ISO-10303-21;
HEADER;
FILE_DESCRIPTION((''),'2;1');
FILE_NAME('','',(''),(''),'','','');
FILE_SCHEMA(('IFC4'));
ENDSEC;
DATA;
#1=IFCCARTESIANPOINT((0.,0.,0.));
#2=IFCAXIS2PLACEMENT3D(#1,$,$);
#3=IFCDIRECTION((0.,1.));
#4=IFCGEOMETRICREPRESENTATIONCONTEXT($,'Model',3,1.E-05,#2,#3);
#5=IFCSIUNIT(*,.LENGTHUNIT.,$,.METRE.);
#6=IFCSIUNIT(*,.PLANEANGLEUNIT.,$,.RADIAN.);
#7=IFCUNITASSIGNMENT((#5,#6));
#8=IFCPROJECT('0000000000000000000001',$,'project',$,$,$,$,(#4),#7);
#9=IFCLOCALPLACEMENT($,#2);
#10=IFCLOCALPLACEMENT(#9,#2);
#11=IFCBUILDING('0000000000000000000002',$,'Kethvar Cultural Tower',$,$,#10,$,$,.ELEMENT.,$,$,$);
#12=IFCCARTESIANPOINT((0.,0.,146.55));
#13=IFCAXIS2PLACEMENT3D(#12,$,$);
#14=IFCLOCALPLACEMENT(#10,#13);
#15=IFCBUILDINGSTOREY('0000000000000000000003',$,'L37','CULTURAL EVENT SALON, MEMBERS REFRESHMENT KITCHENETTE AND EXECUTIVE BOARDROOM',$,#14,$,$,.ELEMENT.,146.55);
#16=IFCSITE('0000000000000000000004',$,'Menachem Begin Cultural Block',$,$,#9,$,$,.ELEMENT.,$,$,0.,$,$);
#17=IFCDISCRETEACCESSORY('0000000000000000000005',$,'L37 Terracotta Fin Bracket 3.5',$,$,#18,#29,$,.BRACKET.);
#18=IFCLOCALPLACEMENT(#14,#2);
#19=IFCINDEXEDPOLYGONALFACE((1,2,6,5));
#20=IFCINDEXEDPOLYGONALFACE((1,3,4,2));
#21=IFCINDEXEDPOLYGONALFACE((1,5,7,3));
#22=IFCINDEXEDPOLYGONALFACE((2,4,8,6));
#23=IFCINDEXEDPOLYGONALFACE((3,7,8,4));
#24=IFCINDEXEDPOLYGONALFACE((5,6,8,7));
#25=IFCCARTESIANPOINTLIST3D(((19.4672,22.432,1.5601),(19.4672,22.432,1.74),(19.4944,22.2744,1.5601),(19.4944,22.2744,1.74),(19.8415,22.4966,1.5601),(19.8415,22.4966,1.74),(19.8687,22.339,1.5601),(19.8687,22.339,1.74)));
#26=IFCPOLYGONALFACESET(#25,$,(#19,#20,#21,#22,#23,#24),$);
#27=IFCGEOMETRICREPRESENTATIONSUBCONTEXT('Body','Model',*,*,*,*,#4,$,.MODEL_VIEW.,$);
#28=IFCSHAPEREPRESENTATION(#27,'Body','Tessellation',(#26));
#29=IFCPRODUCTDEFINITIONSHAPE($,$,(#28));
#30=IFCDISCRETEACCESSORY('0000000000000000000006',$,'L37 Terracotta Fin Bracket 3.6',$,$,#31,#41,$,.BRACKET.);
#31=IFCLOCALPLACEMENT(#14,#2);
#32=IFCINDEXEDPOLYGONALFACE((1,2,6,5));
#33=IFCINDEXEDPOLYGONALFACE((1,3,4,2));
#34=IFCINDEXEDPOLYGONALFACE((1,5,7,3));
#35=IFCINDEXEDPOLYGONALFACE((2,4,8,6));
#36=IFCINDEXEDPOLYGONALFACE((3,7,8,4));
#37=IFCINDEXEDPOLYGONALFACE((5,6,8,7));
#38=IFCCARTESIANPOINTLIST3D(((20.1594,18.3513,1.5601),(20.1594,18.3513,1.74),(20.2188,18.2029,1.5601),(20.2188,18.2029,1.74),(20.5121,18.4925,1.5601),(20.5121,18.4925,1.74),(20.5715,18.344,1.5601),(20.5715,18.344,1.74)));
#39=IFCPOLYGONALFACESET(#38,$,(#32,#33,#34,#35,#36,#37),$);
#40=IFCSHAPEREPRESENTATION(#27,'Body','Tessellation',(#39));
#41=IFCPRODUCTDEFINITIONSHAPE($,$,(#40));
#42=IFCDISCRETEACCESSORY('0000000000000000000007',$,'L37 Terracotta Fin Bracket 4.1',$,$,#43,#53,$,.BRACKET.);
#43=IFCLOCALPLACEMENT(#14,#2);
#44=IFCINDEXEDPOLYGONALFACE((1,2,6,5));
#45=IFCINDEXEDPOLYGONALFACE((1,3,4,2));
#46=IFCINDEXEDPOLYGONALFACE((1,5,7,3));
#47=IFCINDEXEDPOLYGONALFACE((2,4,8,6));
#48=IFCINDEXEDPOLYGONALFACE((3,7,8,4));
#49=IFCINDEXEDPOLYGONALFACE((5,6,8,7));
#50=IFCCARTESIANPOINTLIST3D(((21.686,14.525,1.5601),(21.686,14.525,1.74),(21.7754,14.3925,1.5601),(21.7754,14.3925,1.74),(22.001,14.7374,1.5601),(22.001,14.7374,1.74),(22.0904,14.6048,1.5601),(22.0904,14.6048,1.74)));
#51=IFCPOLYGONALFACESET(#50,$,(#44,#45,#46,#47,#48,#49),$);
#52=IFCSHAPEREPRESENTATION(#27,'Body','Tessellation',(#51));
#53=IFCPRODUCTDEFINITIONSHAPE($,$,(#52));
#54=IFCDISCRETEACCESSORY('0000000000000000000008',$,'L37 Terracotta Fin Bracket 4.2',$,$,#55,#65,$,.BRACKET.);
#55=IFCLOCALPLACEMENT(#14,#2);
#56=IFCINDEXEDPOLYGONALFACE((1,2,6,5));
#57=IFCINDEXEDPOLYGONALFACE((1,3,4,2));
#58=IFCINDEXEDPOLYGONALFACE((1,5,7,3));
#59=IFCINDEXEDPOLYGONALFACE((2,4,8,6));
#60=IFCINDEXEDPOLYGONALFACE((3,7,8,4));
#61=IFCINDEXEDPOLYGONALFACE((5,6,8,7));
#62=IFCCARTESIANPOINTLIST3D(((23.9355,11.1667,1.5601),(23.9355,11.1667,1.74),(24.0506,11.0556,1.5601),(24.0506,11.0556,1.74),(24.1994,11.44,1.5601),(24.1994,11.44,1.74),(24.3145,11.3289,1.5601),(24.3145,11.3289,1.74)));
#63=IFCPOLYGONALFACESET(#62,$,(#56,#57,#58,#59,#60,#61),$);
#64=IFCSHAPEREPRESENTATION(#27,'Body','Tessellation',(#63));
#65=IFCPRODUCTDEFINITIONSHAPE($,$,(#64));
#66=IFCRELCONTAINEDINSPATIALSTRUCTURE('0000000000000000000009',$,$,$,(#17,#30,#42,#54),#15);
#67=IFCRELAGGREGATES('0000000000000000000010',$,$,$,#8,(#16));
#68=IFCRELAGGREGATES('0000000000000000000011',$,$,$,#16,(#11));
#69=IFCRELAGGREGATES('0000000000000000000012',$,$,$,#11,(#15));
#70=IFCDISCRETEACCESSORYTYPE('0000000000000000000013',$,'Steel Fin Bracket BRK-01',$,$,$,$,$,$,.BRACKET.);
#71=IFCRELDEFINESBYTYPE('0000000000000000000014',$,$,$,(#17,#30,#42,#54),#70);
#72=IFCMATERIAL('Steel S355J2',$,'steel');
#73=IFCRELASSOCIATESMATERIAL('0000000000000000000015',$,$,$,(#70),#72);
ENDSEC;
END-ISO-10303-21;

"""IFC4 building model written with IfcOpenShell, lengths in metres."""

from ifc_helpers import new_model, si_unit, direction, frame, origin, origin_2d, place, context, subcontext, project, spatial, rectangle, extrude, source, transform, mapped, material, type_object, element, save


model = new_model("IFC4")

# Units and contexts
model_context = context("Model", 3, precision=1e-05, world=origin(), true_north=direction((0.0, 1.0)))
body_context = subcontext(model_context, "Body", "Model", "MODEL_VIEW")
ifc_project = project(units=[si_unit("LENGTHUNIT", "METRE"), si_unit("PLANEANGLEUNIT", "RADIAN")], contexts=[model_context])

# Site, building, storey
site_placement = place(None, origin())
site = spatial("IfcSite", under=ifc_project, at=site_placement, Name="Menachem Begin Cultural Block", CompositionType="ELEMENT", RefElevation=0.0)
building_placement = place(site_placement, origin())
building = spatial("IfcBuilding", under=site, at=building_placement, Name="Kethvar Cultural Tower", CompositionType="ELEMENT")
storey_placement = place(building_placement, frame((0.0, 0.0, 146.55)))
storey = spatial("IfcBuildingStorey", under=building, at=storey_placement, Name="L37", Description="CULTURAL EVENT SALON, MEMBERS REFRESHMENT KITCHENETTE AND EXECUTIVE BOARDROOM", CompositionType="ELEMENT", Elevation=146.55)

# Shared definitions
ifc_material_1 = material(Name="Steel S355J2", Category="steel")

# Discrete accessories
discrete_accessory_type = type_object("IfcDiscreteAccessoryType", Name="Steel Fin Bracket BRK-01", PredefinedType="BRACKET", material=ifc_material_1)
shared_shape_1 = source(origin(), body_context, "Body", "SweptSolid", [
    extrude(rectangle(XDim=0.3799, YDim=0.1599, at=origin_2d()), origin(), (0.0, 0.0, 1.0), 0.1799),
])
for number, where, z_axis, x_axis, name in (
    (1, (19.668, 22.3855, 1.5601), (0.0, 0.0, 1.0), (-0.985408, -0.170209, 0.0), "L37 Terracotta Fin Bracket 3.5"),
    (2, (20.3655, 18.3477, 1.5601), (0.0, 0.0, 1.0), (-0.928421, -0.37153, 0.0), "L37 Terracotta Fin Bracket 3.6"),
    (3, (21.8882, 14.5649, 1.5601), (0.0, 0.0, 1.0), (-0.829135, -0.559048, 0.0), "L37 Terracotta Fin Bracket 4.1"),
    (4, (24.125, 11.2478, 1.5601), (0.0, 0.0, 1.0), (-0.694658, -0.71934, 0.0), "L37 Terracotta Fin Bracket 4.2"),
):
    element("IfcDiscreteAccessory", number, at=place(storey_placement, frame(where, z_axis=z_axis, x_axis=x_axis)), inside=storey, type_object=discrete_accessory_type, Name=name, PredefinedType="BRACKET", context=body_context, shape_type="MappedRepresentation", body=[
        mapped(shared_shape_1, transform((0.0, 0.0, 0.0), scale=1.0)),
    ])

save(model, "model.ifc")
